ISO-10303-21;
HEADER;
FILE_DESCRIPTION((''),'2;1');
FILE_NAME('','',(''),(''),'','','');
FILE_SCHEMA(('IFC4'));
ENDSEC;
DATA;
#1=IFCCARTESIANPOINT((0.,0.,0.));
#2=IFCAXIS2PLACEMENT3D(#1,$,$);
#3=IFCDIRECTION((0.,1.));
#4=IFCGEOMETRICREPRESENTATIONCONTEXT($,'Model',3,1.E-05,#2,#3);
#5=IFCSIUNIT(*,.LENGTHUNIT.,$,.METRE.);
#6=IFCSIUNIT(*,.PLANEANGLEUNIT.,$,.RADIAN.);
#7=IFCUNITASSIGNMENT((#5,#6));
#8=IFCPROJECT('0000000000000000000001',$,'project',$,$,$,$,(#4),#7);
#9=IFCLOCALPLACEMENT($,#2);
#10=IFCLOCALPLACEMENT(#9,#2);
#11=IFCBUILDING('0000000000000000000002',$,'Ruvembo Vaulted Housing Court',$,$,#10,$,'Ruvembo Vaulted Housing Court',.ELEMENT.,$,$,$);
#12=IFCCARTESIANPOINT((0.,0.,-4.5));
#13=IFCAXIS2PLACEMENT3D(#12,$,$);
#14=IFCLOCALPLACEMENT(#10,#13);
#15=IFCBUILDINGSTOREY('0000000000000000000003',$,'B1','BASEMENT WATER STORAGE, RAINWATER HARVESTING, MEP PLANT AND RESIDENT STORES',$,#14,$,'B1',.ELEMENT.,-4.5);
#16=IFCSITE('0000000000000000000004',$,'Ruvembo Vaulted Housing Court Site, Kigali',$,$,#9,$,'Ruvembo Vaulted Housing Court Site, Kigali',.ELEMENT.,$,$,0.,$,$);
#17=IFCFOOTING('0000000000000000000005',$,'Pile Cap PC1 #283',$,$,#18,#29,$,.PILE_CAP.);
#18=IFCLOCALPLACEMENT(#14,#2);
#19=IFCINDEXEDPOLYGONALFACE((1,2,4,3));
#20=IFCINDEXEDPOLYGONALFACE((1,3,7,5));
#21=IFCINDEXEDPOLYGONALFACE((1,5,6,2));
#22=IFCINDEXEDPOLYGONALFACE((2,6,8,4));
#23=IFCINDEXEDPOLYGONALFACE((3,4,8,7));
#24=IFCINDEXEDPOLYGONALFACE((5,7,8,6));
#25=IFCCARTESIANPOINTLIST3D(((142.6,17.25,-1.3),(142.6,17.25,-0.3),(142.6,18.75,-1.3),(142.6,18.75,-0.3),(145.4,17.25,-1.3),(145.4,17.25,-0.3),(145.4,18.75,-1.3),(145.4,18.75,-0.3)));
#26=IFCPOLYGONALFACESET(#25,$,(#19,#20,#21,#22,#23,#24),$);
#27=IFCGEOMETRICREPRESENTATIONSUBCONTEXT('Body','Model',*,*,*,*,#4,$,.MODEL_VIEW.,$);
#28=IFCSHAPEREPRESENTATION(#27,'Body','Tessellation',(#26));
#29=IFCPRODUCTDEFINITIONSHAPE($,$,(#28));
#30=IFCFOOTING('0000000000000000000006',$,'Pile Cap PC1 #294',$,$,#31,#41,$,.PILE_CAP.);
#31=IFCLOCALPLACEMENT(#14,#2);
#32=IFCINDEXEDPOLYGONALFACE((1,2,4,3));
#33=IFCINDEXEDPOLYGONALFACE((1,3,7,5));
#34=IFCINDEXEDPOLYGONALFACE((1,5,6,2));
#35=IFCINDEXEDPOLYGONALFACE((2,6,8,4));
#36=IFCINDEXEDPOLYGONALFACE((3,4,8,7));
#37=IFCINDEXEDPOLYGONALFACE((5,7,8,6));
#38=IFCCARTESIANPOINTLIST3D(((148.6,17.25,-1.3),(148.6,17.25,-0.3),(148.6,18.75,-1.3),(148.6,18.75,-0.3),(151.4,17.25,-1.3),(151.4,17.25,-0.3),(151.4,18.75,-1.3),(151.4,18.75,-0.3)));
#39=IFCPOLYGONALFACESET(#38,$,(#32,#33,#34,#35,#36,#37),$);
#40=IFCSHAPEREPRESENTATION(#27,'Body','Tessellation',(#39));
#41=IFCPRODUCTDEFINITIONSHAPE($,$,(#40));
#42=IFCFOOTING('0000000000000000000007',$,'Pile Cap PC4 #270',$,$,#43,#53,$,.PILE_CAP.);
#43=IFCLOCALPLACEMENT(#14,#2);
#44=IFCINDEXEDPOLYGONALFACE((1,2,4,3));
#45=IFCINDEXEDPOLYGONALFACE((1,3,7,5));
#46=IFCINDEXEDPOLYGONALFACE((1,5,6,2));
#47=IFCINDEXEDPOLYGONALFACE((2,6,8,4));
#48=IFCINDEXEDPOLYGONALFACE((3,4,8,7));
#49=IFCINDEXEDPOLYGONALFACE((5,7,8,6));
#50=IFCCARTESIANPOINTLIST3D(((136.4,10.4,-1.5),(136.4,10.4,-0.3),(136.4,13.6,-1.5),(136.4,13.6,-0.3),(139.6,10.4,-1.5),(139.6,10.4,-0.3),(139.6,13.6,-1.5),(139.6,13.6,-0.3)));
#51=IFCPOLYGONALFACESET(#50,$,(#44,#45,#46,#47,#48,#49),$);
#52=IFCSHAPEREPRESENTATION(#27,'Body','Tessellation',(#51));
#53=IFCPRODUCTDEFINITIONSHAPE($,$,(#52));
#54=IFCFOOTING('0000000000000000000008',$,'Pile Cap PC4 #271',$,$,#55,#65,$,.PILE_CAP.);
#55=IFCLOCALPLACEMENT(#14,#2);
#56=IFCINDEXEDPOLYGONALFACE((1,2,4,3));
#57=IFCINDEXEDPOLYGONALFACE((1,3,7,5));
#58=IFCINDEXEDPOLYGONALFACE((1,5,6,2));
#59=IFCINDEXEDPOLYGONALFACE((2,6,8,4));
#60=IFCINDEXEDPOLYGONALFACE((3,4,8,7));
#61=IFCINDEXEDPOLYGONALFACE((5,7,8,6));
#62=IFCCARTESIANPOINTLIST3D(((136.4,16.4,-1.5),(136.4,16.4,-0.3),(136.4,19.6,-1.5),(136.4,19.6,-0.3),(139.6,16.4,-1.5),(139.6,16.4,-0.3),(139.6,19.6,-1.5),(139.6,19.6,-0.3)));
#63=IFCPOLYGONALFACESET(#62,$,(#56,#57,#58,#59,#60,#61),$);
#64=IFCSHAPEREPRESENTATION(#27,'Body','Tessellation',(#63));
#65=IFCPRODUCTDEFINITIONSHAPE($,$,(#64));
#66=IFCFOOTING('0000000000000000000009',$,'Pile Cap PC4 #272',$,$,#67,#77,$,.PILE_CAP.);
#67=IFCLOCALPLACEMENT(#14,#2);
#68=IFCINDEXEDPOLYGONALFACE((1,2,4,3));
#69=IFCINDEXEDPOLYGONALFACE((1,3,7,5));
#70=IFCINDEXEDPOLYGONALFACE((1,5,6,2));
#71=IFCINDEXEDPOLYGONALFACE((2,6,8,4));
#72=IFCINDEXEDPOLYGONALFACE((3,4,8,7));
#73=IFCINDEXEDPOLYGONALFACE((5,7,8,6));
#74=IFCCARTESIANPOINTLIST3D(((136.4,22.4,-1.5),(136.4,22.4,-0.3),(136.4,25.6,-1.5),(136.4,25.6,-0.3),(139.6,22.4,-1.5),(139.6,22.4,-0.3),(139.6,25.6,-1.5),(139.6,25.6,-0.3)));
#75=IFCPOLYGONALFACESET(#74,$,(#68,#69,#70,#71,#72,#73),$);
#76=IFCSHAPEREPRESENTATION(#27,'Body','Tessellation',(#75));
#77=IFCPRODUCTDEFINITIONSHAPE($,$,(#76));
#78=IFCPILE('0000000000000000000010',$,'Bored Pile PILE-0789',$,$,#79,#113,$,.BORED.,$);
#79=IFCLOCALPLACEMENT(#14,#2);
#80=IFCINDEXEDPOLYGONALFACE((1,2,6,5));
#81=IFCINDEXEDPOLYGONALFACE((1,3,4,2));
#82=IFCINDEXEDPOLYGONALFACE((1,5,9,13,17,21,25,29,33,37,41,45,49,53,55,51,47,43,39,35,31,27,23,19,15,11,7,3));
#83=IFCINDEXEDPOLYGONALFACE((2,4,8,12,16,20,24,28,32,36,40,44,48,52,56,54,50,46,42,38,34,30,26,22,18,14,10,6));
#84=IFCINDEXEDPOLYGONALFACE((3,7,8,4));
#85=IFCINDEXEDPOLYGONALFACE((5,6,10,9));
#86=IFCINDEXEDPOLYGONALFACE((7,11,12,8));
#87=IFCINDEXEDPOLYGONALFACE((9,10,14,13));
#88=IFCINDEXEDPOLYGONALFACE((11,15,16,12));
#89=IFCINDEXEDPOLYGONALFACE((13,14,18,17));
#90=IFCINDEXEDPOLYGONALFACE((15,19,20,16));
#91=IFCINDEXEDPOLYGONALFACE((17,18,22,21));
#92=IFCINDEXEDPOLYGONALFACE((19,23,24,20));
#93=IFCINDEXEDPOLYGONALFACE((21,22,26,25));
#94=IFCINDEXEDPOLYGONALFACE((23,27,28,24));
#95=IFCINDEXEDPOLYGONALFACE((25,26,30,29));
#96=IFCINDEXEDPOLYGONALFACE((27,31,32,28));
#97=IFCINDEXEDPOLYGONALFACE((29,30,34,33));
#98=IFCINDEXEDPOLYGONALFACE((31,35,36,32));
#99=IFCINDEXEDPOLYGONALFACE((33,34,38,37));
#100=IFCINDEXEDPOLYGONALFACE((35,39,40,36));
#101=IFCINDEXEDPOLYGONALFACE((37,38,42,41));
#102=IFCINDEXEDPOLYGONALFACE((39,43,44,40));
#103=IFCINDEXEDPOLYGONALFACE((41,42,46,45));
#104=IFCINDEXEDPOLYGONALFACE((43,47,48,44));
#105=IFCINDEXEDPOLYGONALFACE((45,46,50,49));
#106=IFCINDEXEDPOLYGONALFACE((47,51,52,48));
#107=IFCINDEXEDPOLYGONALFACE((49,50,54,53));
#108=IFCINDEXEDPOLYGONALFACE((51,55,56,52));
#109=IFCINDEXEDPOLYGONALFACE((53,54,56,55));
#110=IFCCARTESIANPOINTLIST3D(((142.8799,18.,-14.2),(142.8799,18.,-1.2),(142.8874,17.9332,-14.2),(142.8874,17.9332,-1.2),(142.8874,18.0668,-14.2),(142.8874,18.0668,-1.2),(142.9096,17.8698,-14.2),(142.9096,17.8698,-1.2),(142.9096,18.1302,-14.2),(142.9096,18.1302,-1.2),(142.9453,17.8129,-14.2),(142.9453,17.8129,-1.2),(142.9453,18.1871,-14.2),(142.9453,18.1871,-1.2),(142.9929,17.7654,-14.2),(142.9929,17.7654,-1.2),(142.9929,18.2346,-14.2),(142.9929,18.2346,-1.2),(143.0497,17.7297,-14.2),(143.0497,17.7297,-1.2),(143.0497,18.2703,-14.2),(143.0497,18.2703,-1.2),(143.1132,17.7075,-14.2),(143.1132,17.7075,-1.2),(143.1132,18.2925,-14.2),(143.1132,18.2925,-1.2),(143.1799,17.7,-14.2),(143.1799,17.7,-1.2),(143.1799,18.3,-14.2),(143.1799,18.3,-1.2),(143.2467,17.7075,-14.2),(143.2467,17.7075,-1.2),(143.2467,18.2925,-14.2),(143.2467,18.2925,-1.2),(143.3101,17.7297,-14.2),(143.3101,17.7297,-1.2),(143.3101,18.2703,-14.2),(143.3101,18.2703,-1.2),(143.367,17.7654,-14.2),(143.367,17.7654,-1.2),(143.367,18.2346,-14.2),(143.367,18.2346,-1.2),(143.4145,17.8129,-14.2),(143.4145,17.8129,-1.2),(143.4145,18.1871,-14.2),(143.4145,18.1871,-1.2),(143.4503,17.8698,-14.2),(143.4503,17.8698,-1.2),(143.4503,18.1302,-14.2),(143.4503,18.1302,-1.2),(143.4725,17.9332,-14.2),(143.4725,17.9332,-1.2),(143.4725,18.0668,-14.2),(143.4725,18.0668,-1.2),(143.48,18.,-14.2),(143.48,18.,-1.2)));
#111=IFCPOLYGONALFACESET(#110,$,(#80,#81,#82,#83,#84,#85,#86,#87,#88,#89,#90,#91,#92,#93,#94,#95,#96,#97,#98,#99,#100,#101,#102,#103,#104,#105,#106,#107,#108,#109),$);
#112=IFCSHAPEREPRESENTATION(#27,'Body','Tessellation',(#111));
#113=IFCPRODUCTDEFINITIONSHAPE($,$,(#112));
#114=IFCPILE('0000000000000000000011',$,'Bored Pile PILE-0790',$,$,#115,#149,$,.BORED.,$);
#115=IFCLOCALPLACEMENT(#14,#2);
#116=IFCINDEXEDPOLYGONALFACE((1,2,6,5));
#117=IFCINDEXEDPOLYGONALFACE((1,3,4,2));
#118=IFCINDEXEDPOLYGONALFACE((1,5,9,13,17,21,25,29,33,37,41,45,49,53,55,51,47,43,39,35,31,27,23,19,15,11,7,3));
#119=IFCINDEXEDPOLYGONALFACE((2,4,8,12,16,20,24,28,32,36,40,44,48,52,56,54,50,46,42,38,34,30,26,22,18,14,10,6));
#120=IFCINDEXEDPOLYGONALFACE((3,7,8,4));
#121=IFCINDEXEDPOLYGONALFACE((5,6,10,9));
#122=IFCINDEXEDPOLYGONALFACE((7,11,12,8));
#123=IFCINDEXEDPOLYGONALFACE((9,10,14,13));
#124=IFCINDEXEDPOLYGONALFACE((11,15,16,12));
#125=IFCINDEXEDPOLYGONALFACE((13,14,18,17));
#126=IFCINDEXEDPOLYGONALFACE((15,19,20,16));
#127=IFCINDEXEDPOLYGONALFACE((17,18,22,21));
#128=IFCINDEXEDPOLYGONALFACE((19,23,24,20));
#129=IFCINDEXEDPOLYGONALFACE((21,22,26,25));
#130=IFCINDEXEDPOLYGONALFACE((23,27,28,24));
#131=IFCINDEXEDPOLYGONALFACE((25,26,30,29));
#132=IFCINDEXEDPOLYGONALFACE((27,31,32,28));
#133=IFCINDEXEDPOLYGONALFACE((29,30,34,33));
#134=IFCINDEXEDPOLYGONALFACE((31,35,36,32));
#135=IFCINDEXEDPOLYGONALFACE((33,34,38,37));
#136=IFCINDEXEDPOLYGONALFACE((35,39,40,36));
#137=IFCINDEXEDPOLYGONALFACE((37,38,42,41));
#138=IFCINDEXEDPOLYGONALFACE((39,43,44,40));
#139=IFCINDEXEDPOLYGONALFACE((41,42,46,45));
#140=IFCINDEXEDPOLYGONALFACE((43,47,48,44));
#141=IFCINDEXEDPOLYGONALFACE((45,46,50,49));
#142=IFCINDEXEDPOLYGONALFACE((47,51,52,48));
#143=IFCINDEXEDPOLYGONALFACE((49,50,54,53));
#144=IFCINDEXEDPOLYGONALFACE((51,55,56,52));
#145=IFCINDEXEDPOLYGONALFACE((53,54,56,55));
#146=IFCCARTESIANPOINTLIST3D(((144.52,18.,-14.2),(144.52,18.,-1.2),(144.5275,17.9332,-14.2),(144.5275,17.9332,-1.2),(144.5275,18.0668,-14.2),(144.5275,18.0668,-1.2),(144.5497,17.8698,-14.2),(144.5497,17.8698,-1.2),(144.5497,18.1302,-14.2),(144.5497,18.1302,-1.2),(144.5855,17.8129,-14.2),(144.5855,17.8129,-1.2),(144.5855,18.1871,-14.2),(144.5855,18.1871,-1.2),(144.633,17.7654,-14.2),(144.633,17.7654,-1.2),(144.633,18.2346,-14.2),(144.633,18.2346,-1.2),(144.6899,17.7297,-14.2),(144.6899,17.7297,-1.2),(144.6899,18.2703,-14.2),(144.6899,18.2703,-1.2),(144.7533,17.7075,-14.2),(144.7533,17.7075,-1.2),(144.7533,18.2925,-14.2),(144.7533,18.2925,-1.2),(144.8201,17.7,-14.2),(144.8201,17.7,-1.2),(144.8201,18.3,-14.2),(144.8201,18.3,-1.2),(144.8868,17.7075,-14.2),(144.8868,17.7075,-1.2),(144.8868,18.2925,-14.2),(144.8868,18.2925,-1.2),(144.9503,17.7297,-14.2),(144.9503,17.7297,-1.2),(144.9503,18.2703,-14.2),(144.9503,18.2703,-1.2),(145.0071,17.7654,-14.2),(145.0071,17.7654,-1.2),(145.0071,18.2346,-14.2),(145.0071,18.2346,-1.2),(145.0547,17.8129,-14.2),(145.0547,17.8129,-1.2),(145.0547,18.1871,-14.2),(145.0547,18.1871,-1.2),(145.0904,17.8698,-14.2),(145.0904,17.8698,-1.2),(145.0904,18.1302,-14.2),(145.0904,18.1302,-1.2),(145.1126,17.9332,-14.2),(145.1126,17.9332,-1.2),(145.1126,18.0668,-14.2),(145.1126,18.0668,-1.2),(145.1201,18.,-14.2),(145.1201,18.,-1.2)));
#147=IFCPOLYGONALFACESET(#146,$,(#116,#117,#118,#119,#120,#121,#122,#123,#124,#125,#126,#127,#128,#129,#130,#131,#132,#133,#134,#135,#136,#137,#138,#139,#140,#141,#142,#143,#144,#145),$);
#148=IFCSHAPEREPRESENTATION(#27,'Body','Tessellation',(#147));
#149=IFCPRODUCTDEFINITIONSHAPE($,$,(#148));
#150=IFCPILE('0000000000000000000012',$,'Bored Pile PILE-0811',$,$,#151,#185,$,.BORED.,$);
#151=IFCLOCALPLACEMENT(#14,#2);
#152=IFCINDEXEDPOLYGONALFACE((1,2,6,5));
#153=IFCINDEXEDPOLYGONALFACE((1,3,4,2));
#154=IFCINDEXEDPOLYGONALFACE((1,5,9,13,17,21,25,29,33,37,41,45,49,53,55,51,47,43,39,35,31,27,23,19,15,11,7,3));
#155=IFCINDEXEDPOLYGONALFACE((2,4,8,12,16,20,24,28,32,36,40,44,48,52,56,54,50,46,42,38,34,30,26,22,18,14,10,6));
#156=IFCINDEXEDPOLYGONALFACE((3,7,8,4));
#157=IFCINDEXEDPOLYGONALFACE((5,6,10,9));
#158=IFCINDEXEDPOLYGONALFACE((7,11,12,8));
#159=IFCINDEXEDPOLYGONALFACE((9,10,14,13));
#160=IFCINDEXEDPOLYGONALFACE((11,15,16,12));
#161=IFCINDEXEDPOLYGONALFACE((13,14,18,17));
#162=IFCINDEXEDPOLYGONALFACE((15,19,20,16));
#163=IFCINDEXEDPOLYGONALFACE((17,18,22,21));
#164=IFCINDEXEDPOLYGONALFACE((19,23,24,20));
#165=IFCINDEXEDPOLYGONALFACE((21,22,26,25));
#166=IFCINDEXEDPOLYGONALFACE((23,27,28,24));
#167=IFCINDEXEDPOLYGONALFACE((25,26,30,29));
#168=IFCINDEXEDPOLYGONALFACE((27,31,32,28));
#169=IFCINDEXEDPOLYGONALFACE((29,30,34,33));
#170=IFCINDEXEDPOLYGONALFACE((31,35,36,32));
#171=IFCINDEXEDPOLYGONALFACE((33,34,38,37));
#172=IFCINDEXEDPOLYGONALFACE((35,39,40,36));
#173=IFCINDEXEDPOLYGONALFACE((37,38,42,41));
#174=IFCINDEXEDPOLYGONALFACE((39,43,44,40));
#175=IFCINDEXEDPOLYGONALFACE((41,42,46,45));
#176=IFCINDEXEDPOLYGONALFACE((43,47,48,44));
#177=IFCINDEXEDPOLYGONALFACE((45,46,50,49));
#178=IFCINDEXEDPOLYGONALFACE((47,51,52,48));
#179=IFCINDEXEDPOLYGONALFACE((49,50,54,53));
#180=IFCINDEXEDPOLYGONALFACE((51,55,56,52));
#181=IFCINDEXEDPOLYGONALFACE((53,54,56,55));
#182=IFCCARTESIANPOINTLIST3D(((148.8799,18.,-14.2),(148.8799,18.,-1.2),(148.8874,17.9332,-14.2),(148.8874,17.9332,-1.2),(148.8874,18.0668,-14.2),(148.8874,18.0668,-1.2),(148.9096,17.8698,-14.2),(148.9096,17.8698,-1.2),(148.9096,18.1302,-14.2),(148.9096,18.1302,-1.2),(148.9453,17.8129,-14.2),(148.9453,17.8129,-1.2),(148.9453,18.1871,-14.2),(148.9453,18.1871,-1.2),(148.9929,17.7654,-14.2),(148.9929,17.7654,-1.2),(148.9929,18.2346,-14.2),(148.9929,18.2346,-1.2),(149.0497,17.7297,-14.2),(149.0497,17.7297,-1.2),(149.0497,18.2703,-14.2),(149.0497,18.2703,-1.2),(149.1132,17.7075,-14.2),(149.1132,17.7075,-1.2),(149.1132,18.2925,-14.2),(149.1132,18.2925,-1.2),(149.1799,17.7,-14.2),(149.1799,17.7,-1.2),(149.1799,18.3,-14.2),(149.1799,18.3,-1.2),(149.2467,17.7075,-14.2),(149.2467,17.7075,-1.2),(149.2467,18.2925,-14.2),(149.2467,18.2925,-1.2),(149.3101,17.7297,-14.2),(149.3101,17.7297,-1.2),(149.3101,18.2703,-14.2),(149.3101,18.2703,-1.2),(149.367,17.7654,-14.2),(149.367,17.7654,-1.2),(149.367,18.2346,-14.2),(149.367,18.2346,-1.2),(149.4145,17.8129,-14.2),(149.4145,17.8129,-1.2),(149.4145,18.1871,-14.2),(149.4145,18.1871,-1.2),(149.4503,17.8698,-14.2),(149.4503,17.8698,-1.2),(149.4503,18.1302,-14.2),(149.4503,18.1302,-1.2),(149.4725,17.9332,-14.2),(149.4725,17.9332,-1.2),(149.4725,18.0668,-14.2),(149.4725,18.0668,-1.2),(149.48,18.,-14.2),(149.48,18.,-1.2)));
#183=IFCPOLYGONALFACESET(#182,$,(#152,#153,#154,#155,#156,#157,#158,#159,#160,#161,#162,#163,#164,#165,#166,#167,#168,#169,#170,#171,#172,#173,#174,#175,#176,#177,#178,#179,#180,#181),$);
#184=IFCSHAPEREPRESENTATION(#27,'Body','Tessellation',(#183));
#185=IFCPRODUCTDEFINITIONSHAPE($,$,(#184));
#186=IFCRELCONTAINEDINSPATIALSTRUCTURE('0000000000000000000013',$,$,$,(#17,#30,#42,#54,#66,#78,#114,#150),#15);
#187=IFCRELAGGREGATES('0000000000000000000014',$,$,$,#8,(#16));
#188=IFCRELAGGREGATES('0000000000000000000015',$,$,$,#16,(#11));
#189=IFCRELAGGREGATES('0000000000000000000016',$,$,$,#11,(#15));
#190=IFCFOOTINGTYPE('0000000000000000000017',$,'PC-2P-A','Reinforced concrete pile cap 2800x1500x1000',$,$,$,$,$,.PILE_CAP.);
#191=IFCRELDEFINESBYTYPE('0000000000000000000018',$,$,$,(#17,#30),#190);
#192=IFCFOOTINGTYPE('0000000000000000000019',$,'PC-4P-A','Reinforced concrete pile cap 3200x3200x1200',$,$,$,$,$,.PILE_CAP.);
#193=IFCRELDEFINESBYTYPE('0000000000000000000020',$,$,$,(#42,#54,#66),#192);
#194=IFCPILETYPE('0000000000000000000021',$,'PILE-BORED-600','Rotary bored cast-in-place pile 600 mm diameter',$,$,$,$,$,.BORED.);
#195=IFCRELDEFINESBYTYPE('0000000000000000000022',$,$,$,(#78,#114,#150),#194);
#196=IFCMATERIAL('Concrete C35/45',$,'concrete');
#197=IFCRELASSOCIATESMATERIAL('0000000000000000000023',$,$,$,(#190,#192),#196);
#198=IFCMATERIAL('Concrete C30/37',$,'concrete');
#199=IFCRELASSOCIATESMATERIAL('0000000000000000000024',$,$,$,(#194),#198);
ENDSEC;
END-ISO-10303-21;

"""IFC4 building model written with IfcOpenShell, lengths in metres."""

from ifc_helpers import new_model, si_unit, direction, frame, origin, origin_2d, place, context, subcontext, project, spatial, rectangle, circle, extrude, material, material_profile, profile_set, type_object, element, save


model = new_model("IFC4")

# Units and contexts
model_context = context("Model", 3, precision=1e-05, world=origin(), true_north=direction((0.0, 1.0)))
body_context = subcontext(model_context, "Body", "Model", "MODEL_VIEW")
ifc_project = project(units=[si_unit("LENGTHUNIT", "METRE"), si_unit("PLANEANGLEUNIT", "RADIAN")], contexts=[model_context])

# Site, building, storey
site_placement = place(None, origin())
site = spatial("IfcSite", under=ifc_project, at=site_placement, Name="Ruvembo Vaulted Housing Court Site, Kigali", LongName="Ruvembo Vaulted Housing Court Site, Kigali", CompositionType="ELEMENT", RefElevation=0.0)
building_placement = place(site_placement, origin())
building = spatial("IfcBuilding", under=site, at=building_placement, Name="Ruvembo Vaulted Housing Court", LongName="Ruvembo Vaulted Housing Court", CompositionType="ELEMENT")
storey_placement = place(building_placement, frame((0.0, 0.0, -4.5)))
storey = spatial("IfcBuildingStorey", under=building, at=storey_placement, Name="B1", Description="BASEMENT WATER STORAGE, RAINWATER HARVESTING, MEP PLANT AND RESIDENT STORES", LongName="B1", CompositionType="ELEMENT", Elevation=-4.5)

# Footings
ifc_material_1 = material(Name="Concrete C35/45", Category="concrete")
footing_type_1 = type_object("IfcFootingType", Name="PC-2P-A", Description="Reinforced concrete pile cap 2800x1500x1000", PredefinedType="PILE_CAP", material=ifc_material_1)
for number, where, z_axis, x_axis, name in (
    (1, (144.0, 18.0, -1.3), (0.0, 0.0, 1.0), (1.0, 0.0, 0.0), "Pile Cap PC1 #283"),
    (2, (150.0, 18.0, -1.3), (0.0, 0.0, 1.0), (1.0, 0.0, 0.0), "Pile Cap PC1 #294"),
):
    element("IfcFooting", number, at=place(storey_placement, frame(where, z_axis=z_axis, x_axis=x_axis)), inside=storey, type_object=footing_type_1, Name=name, PredefinedType="PILE_CAP", context=body_context, shape_type="SweptSolid", body=[
        extrude(rectangle(XDim=2.8, YDim=1.5, at=origin_2d()), origin(), (0.0, 0.0, 1.0), 1.0),
    ])
footing_type_2 = type_object("IfcFootingType", Name="PC-4P-A", Description="Reinforced concrete pile cap 3200x3200x1200", PredefinedType="PILE_CAP", material=ifc_material_1)
for number, where, z_axis, x_axis, name in (
    (3, (138.0, 12.0, -1.5), (0.0, 0.0, 1.0), (1.0, 0.0, 0.0), "Pile Cap PC4 #270"),
    (4, (138.0, 18.0, -1.5), (0.0, 0.0, 1.0), (1.0, 0.0, 0.0), "Pile Cap PC4 #271"),
    (5, (138.0, 24.0, -1.5), (0.0, 0.0, 1.0), (1.0, 0.0, 0.0), "Pile Cap PC4 #272"),
):
    element("IfcFooting", number, at=place(storey_placement, frame(where, z_axis=z_axis, x_axis=x_axis)), inside=storey, type_object=footing_type_2, Name=name, PredefinedType="PILE_CAP", context=body_context, shape_type="SweptSolid", body=[
        extrude(rectangle(XDim=3.2, YDim=3.2, at=origin_2d()), origin(), (0.0, 0.0, 1.0), 1.2),
    ])

# Piles
ifc_material_2 = material(Name="Concrete C30/37", Category="concrete")
ifc_material_profile_1 = material_profile(ifc_material_2, circle(Radius=0.3, at=origin_2d()), Name="PILE D600")
ifc_profile_set_1 = profile_set([ifc_material_profile_1], Name="Concrete C30/37")
pile_type_1 = type_object("IfcPileType", Name="PILE-BORED-600", Description="Rotary bored cast-in-place pile 600 mm diameter", PredefinedType="BORED", material=ifc_profile_set_1)
for number, where, z_axis, x_axis, name in (
    (6, (143.1799, 18.0, -1.2), (0.0, 0.0, -1.0), (1.0, 0.0, 0.0), "Bored Pile PILE-0789"),
    (7, (144.8201, 18.0, -1.2), (0.0, 0.0, -1.0), (1.0, 0.0, 0.0), "Bored Pile PILE-0790"),
    (8, (149.1799, 18.0, -1.2), (0.0, 0.0, -1.0), (1.0, 0.0, 0.0), "Bored Pile PILE-0811"),
):
    element("IfcPile", number, at=place(storey_placement, frame(where, z_axis=z_axis, x_axis=x_axis)), inside=storey, type_object=pile_type_1, Name=name, PredefinedType="BORED", context=body_context, shape_type="SweptSolid", body=[
        extrude(circle(Radius=0.3, at=origin_2d()), origin(), (0.0, 0.0, 1.0), 13.0),
    ])

save(model, "model.ifc")
